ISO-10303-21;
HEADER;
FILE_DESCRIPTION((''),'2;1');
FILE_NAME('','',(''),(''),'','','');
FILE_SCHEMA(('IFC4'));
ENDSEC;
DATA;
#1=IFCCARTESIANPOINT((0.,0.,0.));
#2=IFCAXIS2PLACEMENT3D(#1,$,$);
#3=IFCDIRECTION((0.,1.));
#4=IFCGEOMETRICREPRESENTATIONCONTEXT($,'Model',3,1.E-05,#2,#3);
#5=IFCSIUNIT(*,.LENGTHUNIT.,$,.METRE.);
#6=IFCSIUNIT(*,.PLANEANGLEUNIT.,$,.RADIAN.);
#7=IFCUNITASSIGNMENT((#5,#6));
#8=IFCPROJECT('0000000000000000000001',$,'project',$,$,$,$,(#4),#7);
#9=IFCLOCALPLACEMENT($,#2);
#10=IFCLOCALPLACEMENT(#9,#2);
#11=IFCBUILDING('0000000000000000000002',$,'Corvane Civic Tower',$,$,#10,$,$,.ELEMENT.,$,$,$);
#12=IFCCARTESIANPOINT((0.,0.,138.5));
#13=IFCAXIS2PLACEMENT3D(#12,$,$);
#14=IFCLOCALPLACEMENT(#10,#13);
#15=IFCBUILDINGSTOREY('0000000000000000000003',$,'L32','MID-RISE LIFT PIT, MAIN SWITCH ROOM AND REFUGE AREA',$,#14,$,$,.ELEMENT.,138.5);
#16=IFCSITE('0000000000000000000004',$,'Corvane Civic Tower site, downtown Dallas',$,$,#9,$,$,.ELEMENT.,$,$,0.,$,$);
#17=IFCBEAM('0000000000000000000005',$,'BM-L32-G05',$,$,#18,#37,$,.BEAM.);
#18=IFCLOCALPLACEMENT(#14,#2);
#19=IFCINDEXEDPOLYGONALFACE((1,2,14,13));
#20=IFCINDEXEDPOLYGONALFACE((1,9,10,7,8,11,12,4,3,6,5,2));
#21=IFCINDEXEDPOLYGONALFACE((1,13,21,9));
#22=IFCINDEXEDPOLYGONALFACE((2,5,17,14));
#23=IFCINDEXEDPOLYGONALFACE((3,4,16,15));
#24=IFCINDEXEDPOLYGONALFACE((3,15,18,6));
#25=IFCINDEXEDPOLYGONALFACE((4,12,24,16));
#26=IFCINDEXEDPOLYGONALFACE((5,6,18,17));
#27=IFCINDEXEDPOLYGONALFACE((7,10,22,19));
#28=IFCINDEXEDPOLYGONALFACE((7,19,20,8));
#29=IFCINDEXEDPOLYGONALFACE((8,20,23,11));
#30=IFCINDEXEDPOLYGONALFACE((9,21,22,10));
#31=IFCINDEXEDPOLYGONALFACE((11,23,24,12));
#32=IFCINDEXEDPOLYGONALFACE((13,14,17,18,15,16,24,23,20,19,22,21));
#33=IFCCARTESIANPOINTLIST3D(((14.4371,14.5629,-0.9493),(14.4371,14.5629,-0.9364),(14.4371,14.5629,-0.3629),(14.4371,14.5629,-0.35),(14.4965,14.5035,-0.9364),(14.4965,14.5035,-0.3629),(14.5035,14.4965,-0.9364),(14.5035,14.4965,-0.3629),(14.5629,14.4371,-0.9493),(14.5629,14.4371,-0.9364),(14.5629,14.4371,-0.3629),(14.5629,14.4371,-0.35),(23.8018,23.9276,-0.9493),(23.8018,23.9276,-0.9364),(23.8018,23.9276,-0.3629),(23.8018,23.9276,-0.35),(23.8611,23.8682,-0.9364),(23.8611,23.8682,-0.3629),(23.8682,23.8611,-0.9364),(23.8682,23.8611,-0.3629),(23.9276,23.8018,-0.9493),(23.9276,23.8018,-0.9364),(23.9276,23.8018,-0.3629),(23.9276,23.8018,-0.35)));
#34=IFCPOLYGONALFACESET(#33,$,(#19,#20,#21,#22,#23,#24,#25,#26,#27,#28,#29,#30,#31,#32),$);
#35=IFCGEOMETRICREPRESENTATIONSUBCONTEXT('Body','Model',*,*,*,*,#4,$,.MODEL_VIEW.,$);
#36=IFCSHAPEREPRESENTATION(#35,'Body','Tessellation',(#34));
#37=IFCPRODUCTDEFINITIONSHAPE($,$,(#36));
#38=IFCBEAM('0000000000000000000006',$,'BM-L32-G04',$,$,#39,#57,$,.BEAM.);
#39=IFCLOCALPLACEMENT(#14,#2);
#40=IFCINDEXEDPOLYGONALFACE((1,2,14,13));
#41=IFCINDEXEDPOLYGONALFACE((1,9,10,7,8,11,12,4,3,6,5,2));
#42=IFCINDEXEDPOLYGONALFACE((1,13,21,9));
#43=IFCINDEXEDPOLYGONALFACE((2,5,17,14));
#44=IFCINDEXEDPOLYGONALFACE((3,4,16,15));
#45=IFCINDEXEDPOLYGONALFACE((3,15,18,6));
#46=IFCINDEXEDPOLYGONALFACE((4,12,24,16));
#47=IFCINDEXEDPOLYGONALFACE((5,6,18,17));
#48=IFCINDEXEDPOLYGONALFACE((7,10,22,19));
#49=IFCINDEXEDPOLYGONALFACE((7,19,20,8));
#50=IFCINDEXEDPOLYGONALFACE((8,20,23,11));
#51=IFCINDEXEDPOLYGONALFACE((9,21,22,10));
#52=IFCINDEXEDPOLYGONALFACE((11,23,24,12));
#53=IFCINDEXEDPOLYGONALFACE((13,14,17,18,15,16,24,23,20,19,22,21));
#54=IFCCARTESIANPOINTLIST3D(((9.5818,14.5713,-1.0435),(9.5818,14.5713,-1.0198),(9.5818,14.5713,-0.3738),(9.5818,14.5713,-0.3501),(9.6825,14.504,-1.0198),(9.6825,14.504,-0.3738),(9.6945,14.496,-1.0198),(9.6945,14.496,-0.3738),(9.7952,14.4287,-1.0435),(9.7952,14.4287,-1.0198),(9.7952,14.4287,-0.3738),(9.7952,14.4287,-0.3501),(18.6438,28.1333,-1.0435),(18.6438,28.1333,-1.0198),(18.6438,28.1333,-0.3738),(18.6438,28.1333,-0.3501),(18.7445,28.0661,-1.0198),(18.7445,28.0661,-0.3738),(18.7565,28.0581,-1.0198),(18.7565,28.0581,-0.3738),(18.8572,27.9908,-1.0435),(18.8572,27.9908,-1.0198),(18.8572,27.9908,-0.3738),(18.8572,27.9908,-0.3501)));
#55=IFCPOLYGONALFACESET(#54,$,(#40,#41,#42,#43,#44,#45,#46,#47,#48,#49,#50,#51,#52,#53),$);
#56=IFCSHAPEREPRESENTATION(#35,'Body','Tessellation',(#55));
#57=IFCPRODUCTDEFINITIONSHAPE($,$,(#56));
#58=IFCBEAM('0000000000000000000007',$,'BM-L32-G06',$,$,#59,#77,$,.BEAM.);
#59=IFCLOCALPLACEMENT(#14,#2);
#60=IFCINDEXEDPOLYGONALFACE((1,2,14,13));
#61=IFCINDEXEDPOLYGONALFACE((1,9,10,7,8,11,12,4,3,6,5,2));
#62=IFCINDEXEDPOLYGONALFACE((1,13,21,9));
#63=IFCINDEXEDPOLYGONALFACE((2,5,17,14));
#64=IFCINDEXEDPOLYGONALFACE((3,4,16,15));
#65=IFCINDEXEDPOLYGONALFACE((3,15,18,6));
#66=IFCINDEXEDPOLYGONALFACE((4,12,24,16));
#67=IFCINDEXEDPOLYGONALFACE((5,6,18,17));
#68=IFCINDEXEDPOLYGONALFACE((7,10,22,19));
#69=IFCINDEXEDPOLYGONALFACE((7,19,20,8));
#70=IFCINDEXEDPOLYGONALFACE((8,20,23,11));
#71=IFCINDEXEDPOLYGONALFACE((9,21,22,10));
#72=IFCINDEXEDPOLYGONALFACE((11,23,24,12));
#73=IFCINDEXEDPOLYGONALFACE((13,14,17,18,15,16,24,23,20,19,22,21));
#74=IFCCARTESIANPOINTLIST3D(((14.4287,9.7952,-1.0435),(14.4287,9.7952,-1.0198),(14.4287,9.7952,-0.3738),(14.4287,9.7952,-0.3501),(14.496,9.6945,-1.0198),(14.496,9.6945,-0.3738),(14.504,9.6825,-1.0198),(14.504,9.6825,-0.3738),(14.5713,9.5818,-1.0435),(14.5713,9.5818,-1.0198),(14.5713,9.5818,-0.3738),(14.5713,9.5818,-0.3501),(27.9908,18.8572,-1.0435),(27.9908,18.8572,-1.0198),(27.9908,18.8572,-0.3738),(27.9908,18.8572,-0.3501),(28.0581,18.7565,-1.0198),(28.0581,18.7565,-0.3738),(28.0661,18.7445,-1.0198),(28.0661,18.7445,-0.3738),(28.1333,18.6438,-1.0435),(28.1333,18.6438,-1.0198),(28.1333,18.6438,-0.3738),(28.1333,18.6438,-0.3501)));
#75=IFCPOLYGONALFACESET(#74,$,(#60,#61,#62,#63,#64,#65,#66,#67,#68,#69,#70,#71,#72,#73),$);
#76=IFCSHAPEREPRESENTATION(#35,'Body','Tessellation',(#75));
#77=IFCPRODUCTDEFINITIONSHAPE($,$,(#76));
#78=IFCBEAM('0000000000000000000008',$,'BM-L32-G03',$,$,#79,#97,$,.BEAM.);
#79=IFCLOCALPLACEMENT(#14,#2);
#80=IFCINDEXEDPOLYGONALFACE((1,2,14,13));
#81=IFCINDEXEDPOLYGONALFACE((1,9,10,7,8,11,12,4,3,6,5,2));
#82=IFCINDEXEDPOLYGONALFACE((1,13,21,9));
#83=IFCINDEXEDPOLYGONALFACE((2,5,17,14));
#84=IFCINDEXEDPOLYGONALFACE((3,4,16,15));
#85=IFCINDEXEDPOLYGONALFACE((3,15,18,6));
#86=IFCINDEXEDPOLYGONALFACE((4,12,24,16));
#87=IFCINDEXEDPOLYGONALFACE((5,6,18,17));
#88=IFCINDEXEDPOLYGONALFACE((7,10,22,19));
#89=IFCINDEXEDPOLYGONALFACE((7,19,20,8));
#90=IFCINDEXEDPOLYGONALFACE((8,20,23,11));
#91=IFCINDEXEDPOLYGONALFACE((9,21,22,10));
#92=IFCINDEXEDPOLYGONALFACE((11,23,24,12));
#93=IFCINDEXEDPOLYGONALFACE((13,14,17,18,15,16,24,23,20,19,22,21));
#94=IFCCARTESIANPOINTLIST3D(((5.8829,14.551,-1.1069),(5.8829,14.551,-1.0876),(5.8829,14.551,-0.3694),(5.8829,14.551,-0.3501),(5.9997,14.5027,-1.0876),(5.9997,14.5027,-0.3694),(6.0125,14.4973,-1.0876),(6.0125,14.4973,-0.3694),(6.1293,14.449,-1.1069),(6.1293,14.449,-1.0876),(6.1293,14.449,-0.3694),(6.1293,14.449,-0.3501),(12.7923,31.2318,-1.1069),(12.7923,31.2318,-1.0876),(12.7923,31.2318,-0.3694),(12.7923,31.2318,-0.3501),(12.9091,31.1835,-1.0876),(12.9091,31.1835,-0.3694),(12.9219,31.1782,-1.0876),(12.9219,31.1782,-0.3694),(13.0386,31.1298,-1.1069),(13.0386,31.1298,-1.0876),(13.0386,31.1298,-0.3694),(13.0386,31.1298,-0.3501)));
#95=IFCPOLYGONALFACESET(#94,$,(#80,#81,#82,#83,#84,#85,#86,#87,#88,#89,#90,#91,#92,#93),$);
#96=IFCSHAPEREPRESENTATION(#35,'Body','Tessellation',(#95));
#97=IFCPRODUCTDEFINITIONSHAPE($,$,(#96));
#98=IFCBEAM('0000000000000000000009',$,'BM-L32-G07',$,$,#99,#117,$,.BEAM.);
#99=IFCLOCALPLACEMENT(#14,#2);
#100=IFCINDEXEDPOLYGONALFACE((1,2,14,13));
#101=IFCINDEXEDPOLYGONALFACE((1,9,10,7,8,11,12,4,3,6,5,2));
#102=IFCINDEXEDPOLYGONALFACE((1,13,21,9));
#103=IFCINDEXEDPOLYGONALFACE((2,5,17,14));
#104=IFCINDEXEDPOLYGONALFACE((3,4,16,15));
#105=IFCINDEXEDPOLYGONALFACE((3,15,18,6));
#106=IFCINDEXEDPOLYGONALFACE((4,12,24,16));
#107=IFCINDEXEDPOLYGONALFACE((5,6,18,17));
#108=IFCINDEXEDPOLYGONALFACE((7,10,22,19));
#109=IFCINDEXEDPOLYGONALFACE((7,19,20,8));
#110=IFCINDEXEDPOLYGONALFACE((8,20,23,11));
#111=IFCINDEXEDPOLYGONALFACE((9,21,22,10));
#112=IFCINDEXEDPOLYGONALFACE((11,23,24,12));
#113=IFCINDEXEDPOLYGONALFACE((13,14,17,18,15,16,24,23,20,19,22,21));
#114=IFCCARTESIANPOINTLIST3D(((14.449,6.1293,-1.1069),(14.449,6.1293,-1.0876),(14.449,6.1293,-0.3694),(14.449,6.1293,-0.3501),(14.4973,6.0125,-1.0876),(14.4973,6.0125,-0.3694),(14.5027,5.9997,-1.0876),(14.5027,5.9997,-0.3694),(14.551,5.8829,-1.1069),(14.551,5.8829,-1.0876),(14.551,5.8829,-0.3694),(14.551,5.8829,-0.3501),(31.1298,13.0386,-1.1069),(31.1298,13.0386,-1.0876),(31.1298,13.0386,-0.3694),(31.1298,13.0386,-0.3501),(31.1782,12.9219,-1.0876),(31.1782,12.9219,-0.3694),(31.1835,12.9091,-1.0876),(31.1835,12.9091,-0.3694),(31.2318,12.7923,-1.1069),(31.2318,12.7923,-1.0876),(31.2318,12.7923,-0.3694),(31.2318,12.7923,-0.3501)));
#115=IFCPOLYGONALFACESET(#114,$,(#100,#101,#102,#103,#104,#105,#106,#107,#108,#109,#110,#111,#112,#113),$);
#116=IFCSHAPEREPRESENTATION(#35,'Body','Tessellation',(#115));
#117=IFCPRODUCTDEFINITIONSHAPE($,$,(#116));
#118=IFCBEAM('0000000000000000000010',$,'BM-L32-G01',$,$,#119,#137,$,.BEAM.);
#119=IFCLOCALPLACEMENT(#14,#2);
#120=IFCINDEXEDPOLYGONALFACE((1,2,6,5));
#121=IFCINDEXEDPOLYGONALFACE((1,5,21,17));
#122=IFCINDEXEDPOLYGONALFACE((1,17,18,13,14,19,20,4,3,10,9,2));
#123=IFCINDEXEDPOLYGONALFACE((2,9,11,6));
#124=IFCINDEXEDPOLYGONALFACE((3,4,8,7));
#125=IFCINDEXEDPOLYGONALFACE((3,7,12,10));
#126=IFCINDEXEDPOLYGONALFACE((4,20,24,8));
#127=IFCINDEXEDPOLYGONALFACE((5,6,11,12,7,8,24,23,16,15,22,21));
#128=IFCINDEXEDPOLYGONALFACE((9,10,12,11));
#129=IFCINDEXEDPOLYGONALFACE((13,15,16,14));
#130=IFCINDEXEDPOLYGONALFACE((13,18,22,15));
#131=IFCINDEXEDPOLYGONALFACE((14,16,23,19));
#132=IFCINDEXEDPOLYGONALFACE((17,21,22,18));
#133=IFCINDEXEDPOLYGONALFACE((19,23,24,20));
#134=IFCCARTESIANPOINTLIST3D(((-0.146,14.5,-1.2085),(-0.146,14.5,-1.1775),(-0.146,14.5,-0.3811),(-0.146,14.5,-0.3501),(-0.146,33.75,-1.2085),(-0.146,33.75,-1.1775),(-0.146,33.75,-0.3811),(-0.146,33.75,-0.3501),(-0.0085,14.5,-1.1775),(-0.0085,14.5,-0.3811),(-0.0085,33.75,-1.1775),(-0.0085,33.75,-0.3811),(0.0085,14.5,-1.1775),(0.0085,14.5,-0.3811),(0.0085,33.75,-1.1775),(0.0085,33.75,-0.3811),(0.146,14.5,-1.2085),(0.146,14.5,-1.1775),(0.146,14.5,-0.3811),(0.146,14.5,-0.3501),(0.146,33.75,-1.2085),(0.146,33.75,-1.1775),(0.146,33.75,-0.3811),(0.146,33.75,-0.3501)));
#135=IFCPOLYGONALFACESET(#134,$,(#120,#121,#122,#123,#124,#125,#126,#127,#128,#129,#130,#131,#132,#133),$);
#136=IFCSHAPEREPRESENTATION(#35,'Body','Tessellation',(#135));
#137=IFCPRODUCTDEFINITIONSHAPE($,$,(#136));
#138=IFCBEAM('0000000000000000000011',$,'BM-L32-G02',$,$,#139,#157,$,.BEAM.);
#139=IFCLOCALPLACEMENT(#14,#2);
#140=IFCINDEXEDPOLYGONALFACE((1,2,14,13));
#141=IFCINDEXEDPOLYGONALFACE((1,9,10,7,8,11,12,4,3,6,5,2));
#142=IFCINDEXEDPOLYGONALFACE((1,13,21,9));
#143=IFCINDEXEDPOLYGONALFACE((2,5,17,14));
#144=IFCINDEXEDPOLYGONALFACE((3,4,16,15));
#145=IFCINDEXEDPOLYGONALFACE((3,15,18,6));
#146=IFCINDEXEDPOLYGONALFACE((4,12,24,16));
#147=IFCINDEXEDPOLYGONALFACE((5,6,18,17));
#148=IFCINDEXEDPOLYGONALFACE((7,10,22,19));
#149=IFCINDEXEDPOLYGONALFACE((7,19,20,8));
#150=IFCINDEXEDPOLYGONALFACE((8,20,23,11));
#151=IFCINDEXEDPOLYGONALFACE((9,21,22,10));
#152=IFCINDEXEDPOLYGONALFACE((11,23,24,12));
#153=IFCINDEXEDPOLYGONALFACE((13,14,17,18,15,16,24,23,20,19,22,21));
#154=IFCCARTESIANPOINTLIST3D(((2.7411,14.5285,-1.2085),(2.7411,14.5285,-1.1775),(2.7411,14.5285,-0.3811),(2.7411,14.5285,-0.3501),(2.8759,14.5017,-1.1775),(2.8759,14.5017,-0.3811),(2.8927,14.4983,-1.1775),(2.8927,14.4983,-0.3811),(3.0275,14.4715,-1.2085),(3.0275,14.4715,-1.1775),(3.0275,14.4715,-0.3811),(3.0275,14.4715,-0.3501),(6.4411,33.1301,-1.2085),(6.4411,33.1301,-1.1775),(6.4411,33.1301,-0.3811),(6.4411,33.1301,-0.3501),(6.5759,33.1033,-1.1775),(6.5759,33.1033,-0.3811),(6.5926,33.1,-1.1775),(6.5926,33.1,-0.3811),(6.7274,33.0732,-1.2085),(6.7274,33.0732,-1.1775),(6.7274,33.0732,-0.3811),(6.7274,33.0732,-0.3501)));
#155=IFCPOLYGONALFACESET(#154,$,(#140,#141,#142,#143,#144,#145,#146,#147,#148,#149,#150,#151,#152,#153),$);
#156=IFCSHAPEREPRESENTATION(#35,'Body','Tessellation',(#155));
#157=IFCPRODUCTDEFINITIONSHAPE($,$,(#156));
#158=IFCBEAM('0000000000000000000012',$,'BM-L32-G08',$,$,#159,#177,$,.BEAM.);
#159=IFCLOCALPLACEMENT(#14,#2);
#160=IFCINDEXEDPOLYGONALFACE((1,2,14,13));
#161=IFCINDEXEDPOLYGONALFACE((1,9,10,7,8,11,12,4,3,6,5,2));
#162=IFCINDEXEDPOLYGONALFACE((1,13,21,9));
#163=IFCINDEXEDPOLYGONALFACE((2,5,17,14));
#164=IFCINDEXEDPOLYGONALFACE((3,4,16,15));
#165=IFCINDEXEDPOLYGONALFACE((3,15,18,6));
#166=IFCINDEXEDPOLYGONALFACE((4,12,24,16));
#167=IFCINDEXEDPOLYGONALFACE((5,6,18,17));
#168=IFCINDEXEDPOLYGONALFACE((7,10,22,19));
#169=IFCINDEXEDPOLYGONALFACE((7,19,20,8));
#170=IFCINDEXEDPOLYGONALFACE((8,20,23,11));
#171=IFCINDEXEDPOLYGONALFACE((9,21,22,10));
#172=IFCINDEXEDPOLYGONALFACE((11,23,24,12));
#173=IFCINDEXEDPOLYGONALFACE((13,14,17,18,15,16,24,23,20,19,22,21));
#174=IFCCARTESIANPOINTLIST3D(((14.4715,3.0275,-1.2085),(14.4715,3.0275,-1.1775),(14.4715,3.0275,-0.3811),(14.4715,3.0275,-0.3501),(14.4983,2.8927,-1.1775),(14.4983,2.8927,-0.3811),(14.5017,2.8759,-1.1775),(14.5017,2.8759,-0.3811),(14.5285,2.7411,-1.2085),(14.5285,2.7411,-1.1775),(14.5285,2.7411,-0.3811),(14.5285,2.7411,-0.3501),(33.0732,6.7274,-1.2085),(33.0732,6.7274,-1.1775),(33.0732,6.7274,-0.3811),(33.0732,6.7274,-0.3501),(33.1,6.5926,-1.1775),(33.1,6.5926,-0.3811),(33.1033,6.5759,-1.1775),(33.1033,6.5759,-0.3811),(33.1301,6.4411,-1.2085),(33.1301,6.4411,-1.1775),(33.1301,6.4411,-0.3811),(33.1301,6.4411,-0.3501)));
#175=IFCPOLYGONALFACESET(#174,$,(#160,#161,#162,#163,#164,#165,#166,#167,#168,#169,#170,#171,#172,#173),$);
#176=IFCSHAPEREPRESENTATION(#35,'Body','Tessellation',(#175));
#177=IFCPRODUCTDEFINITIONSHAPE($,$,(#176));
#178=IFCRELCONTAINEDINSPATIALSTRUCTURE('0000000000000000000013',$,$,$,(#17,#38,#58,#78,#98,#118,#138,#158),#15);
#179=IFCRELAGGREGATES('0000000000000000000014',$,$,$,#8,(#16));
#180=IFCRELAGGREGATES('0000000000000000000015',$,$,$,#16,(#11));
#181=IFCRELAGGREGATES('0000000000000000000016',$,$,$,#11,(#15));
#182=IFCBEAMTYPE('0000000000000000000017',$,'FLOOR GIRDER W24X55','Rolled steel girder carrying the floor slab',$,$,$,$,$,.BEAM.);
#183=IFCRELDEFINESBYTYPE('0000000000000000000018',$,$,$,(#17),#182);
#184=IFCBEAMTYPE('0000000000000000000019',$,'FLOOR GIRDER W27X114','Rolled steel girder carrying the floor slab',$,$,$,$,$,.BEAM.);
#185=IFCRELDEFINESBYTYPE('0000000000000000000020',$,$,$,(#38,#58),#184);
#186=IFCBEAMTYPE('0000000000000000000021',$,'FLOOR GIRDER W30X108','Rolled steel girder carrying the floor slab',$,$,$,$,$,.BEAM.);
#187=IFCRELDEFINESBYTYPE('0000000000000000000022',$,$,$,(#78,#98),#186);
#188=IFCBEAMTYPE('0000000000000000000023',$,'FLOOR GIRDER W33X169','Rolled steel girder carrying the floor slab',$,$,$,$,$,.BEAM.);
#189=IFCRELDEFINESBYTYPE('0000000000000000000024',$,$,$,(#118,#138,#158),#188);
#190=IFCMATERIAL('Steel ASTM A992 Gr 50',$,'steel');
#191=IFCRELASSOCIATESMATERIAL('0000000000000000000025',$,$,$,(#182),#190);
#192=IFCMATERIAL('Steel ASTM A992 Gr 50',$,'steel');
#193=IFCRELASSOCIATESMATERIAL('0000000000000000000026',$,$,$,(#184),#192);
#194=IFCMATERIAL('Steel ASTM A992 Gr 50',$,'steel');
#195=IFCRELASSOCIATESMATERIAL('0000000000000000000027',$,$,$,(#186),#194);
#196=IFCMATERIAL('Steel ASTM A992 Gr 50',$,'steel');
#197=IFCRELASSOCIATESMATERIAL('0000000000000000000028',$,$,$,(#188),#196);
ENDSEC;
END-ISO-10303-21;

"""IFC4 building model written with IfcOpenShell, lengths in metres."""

from ifc_helpers import new_model, si_unit, direction, frame, origin, origin_2d, place, context, subcontext, project, spatial, i_section, extrude, material, material_profile, profile_set, type_object, element, save


model = new_model("IFC4")

# Units and contexts
model_context = context("Model", 3, precision=1e-05, world=origin(), true_north=direction((0.0, 1.0)))
body_context = subcontext(model_context, "Body", "Model", "MODEL_VIEW")
ifc_project = project(units=[si_unit("LENGTHUNIT", "METRE"), si_unit("PLANEANGLEUNIT", "RADIAN")], contexts=[model_context])

# Site, building, storey
site_placement = place(None, origin())
site = spatial("IfcSite", under=ifc_project, at=site_placement, Name="Corvane Civic Tower site, downtown Dallas", CompositionType="ELEMENT", RefElevation=0.0)
building_placement = place(site_placement, origin())
building = spatial("IfcBuilding", under=site, at=building_placement, Name="Corvane Civic Tower", CompositionType="ELEMENT")
storey_placement = place(building_placement, frame((0.0, 0.0, 138.5)))
storey = spatial("IfcBuildingStorey", under=building, at=storey_placement, Name="L32", Description="MID-RISE LIFT PIT, MAIN SWITCH ROOM AND REFUGE AREA", CompositionType="ELEMENT", Elevation=138.5)

# Beams
ifc_material_1 = material(Name="Steel ASTM A992 Gr 50", Category="steel")
ifc_material_profile_1 = material_profile(ifc_material_1, i_section(OverallWidth=0.178, OverallDepth=0.5994, WebThickness=0.01, FlangeThickness=0.0129, at=origin_2d()), Name="W24X55")
ifc_profile_set_1 = profile_set([ifc_material_profile_1], Name="Steel ASTM A992 Gr 50")
beam_type_1 = type_object("IfcBeamType", Name="FLOOR GIRDER W24X55", Description="Rolled steel girder carrying the floor slab", PredefinedType="BEAM", material=ifc_profile_set_1)
beam_1_placement = place(storey_placement, frame((14.5, 14.5, -0.6497), z_axis=(0.707107, 0.707107, 0.0), x_axis=(-0.707107, 0.707107, 0.0)))
element("IfcBeam", 1, at=beam_1_placement, inside=storey, type_object=beam_type_1, Name="BM-L32-G05", PredefinedType="BEAM", context=body_context, shape_type="SweptSolid", body=[
    extrude(i_section(OverallWidth=0.178, OverallDepth=0.5994, WebThickness=0.01, FlangeThickness=0.0129, at=origin_2d()), origin(), (0.0, 0.0, 1.0), 13.2437),
])
ifc_material_2 = material(Name="Steel ASTM A992 Gr 50", Category="steel")
ifc_material_profile_2 = material_profile(ifc_material_2, i_section(OverallWidth=0.2566, OverallDepth=0.6934, WebThickness=0.0144, FlangeThickness=0.0237, at=origin_2d()), Name="W27X114")
ifc_profile_set_2 = profile_set([ifc_material_profile_2], Name="Steel ASTM A992 Gr 50")
beam_type_2 = type_object("IfcBeamType", Name="FLOOR GIRDER W27X114", Description="Rolled steel girder carrying the floor slab", PredefinedType="BEAM", material=ifc_profile_set_2)
for number, where, z_axis, x_axis, name in (
    (2, (9.6885, 14.5, -0.6968), (0.555577, 0.831465, 0.0), (-0.831465, 0.555577, 0.0), "BM-L32-G04"),
    (3, (14.5, 9.6885, -0.6968), (0.831465, 0.555577, 0.0), (-0.555577, 0.831465, 0.0), "BM-L32-G06"),
):
    element("IfcBeam", number, at=place(storey_placement, frame(where, z_axis=z_axis, x_axis=x_axis)), inside=storey, type_object=beam_type_2, Name=name, PredefinedType="BEAM", context=body_context, shape_type="SweptSolid", body=[
        extrude(i_section(OverallWidth=0.2566, OverallDepth=0.6934, WebThickness=0.0144, FlangeThickness=0.0237, at=origin_2d()), origin(), (0.0, 0.0, 1.0), 16.311),
    ])
ifc_material_3 = material(Name="Steel ASTM A992 Gr 50", Category="steel")
ifc_material_profile_3 = material_profile(ifc_material_3, i_section(OverallWidth=0.2666, OverallDepth=0.7568, WebThickness=0.0139, FlangeThickness=0.0193, at=origin_2d()), Name="W30X108")
ifc_profile_set_3 = profile_set([ifc_material_profile_3], Name="Steel ASTM A992 Gr 50")
beam_type_3 = type_object("IfcBeamType", Name="FLOOR GIRDER W30X108", Description="Rolled steel girder carrying the floor slab", PredefinedType="BEAM", material=ifc_profile_set_3)
for number, where, z_axis, x_axis, name in (
    (4, (6.0061, 14.5, -0.7285), (0.382682, 0.92388, 0.0), (-0.92388, 0.382682, 0.0), "BM-L32-G03"),
    (5, (14.5, 6.0061, -0.7285), (0.92388, 0.382682, 0.0), (-0.382682, 0.92388, 0.0), "BM-L32-G07"),
):
    element("IfcBeam", number, at=place(storey_placement, frame(where, z_axis=z_axis, x_axis=x_axis)), inside=storey, type_object=beam_type_3, Name=name, PredefinedType="BEAM", context=body_context, shape_type="SweptSolid", body=[
        extrude(i_section(OverallWidth=0.2666, OverallDepth=0.7568, WebThickness=0.0139, FlangeThickness=0.0193, at=origin_2d()), origin(), (0.0, 0.0, 1.0), 18.0552),
    ])
ifc_material_4 = material(Name="Steel ASTM A992 Gr 50", Category="steel")
ifc_material_profile_4 = material_profile(ifc_material_4, i_section(OverallWidth=0.292, OverallDepth=0.8584, WebThickness=0.0171, FlangeThickness=0.031, at=origin_2d()), Name="W33X169")
ifc_profile_set_4 = profile_set([ifc_material_profile_4], Name="Steel ASTM A992 Gr 50")
beam_type_4 = type_object("IfcBeamType", Name="FLOOR GIRDER W33X169", Description="Rolled steel girder carrying the floor slab", PredefinedType="BEAM", material=ifc_profile_set_4)
beam_2_placement = place(storey_placement, frame((0.0, 14.5, -0.7793), z_axis=(0.0, 1.0, 0.0), x_axis=(-1.0, 0.0, 0.0)))
element("IfcBeam", 6, at=beam_2_placement, inside=storey, type_object=beam_type_4, Name="BM-L32-G01", PredefinedType="BEAM", context=body_context, shape_type="SweptSolid", body=[
    extrude(i_section(OverallWidth=0.292, OverallDepth=0.8584, WebThickness=0.0171, FlangeThickness=0.031, at=origin_2d()), origin(), (0.0, 0.0, 1.0), 19.25),
])
for number, where, z_axis, x_axis, name in (
    (7, (2.8843, 14.5, -0.7793), (0.195084, 0.980787, 0.0), (-0.980787, 0.195084, 0.0), "BM-L32-G02"),
    (8, (14.5, 2.8843, -0.7793), (0.980787, 0.195084, 0.0), (-0.195084, 0.980787, 0.0), "BM-L32-G08"),
):
    element("IfcBeam", number, at=place(storey_placement, frame(where, z_axis=z_axis, x_axis=x_axis)), inside=storey, type_object=beam_type_4, Name=name, PredefinedType="BEAM", context=body_context, shape_type="SweptSolid", body=[
        extrude(i_section(OverallWidth=0.292, OverallDepth=0.8584, WebThickness=0.0171, FlangeThickness=0.031, at=origin_2d()), origin(), (0.0, 0.0, 1.0), 18.9661),
    ])

save(model, "model.ifc")
